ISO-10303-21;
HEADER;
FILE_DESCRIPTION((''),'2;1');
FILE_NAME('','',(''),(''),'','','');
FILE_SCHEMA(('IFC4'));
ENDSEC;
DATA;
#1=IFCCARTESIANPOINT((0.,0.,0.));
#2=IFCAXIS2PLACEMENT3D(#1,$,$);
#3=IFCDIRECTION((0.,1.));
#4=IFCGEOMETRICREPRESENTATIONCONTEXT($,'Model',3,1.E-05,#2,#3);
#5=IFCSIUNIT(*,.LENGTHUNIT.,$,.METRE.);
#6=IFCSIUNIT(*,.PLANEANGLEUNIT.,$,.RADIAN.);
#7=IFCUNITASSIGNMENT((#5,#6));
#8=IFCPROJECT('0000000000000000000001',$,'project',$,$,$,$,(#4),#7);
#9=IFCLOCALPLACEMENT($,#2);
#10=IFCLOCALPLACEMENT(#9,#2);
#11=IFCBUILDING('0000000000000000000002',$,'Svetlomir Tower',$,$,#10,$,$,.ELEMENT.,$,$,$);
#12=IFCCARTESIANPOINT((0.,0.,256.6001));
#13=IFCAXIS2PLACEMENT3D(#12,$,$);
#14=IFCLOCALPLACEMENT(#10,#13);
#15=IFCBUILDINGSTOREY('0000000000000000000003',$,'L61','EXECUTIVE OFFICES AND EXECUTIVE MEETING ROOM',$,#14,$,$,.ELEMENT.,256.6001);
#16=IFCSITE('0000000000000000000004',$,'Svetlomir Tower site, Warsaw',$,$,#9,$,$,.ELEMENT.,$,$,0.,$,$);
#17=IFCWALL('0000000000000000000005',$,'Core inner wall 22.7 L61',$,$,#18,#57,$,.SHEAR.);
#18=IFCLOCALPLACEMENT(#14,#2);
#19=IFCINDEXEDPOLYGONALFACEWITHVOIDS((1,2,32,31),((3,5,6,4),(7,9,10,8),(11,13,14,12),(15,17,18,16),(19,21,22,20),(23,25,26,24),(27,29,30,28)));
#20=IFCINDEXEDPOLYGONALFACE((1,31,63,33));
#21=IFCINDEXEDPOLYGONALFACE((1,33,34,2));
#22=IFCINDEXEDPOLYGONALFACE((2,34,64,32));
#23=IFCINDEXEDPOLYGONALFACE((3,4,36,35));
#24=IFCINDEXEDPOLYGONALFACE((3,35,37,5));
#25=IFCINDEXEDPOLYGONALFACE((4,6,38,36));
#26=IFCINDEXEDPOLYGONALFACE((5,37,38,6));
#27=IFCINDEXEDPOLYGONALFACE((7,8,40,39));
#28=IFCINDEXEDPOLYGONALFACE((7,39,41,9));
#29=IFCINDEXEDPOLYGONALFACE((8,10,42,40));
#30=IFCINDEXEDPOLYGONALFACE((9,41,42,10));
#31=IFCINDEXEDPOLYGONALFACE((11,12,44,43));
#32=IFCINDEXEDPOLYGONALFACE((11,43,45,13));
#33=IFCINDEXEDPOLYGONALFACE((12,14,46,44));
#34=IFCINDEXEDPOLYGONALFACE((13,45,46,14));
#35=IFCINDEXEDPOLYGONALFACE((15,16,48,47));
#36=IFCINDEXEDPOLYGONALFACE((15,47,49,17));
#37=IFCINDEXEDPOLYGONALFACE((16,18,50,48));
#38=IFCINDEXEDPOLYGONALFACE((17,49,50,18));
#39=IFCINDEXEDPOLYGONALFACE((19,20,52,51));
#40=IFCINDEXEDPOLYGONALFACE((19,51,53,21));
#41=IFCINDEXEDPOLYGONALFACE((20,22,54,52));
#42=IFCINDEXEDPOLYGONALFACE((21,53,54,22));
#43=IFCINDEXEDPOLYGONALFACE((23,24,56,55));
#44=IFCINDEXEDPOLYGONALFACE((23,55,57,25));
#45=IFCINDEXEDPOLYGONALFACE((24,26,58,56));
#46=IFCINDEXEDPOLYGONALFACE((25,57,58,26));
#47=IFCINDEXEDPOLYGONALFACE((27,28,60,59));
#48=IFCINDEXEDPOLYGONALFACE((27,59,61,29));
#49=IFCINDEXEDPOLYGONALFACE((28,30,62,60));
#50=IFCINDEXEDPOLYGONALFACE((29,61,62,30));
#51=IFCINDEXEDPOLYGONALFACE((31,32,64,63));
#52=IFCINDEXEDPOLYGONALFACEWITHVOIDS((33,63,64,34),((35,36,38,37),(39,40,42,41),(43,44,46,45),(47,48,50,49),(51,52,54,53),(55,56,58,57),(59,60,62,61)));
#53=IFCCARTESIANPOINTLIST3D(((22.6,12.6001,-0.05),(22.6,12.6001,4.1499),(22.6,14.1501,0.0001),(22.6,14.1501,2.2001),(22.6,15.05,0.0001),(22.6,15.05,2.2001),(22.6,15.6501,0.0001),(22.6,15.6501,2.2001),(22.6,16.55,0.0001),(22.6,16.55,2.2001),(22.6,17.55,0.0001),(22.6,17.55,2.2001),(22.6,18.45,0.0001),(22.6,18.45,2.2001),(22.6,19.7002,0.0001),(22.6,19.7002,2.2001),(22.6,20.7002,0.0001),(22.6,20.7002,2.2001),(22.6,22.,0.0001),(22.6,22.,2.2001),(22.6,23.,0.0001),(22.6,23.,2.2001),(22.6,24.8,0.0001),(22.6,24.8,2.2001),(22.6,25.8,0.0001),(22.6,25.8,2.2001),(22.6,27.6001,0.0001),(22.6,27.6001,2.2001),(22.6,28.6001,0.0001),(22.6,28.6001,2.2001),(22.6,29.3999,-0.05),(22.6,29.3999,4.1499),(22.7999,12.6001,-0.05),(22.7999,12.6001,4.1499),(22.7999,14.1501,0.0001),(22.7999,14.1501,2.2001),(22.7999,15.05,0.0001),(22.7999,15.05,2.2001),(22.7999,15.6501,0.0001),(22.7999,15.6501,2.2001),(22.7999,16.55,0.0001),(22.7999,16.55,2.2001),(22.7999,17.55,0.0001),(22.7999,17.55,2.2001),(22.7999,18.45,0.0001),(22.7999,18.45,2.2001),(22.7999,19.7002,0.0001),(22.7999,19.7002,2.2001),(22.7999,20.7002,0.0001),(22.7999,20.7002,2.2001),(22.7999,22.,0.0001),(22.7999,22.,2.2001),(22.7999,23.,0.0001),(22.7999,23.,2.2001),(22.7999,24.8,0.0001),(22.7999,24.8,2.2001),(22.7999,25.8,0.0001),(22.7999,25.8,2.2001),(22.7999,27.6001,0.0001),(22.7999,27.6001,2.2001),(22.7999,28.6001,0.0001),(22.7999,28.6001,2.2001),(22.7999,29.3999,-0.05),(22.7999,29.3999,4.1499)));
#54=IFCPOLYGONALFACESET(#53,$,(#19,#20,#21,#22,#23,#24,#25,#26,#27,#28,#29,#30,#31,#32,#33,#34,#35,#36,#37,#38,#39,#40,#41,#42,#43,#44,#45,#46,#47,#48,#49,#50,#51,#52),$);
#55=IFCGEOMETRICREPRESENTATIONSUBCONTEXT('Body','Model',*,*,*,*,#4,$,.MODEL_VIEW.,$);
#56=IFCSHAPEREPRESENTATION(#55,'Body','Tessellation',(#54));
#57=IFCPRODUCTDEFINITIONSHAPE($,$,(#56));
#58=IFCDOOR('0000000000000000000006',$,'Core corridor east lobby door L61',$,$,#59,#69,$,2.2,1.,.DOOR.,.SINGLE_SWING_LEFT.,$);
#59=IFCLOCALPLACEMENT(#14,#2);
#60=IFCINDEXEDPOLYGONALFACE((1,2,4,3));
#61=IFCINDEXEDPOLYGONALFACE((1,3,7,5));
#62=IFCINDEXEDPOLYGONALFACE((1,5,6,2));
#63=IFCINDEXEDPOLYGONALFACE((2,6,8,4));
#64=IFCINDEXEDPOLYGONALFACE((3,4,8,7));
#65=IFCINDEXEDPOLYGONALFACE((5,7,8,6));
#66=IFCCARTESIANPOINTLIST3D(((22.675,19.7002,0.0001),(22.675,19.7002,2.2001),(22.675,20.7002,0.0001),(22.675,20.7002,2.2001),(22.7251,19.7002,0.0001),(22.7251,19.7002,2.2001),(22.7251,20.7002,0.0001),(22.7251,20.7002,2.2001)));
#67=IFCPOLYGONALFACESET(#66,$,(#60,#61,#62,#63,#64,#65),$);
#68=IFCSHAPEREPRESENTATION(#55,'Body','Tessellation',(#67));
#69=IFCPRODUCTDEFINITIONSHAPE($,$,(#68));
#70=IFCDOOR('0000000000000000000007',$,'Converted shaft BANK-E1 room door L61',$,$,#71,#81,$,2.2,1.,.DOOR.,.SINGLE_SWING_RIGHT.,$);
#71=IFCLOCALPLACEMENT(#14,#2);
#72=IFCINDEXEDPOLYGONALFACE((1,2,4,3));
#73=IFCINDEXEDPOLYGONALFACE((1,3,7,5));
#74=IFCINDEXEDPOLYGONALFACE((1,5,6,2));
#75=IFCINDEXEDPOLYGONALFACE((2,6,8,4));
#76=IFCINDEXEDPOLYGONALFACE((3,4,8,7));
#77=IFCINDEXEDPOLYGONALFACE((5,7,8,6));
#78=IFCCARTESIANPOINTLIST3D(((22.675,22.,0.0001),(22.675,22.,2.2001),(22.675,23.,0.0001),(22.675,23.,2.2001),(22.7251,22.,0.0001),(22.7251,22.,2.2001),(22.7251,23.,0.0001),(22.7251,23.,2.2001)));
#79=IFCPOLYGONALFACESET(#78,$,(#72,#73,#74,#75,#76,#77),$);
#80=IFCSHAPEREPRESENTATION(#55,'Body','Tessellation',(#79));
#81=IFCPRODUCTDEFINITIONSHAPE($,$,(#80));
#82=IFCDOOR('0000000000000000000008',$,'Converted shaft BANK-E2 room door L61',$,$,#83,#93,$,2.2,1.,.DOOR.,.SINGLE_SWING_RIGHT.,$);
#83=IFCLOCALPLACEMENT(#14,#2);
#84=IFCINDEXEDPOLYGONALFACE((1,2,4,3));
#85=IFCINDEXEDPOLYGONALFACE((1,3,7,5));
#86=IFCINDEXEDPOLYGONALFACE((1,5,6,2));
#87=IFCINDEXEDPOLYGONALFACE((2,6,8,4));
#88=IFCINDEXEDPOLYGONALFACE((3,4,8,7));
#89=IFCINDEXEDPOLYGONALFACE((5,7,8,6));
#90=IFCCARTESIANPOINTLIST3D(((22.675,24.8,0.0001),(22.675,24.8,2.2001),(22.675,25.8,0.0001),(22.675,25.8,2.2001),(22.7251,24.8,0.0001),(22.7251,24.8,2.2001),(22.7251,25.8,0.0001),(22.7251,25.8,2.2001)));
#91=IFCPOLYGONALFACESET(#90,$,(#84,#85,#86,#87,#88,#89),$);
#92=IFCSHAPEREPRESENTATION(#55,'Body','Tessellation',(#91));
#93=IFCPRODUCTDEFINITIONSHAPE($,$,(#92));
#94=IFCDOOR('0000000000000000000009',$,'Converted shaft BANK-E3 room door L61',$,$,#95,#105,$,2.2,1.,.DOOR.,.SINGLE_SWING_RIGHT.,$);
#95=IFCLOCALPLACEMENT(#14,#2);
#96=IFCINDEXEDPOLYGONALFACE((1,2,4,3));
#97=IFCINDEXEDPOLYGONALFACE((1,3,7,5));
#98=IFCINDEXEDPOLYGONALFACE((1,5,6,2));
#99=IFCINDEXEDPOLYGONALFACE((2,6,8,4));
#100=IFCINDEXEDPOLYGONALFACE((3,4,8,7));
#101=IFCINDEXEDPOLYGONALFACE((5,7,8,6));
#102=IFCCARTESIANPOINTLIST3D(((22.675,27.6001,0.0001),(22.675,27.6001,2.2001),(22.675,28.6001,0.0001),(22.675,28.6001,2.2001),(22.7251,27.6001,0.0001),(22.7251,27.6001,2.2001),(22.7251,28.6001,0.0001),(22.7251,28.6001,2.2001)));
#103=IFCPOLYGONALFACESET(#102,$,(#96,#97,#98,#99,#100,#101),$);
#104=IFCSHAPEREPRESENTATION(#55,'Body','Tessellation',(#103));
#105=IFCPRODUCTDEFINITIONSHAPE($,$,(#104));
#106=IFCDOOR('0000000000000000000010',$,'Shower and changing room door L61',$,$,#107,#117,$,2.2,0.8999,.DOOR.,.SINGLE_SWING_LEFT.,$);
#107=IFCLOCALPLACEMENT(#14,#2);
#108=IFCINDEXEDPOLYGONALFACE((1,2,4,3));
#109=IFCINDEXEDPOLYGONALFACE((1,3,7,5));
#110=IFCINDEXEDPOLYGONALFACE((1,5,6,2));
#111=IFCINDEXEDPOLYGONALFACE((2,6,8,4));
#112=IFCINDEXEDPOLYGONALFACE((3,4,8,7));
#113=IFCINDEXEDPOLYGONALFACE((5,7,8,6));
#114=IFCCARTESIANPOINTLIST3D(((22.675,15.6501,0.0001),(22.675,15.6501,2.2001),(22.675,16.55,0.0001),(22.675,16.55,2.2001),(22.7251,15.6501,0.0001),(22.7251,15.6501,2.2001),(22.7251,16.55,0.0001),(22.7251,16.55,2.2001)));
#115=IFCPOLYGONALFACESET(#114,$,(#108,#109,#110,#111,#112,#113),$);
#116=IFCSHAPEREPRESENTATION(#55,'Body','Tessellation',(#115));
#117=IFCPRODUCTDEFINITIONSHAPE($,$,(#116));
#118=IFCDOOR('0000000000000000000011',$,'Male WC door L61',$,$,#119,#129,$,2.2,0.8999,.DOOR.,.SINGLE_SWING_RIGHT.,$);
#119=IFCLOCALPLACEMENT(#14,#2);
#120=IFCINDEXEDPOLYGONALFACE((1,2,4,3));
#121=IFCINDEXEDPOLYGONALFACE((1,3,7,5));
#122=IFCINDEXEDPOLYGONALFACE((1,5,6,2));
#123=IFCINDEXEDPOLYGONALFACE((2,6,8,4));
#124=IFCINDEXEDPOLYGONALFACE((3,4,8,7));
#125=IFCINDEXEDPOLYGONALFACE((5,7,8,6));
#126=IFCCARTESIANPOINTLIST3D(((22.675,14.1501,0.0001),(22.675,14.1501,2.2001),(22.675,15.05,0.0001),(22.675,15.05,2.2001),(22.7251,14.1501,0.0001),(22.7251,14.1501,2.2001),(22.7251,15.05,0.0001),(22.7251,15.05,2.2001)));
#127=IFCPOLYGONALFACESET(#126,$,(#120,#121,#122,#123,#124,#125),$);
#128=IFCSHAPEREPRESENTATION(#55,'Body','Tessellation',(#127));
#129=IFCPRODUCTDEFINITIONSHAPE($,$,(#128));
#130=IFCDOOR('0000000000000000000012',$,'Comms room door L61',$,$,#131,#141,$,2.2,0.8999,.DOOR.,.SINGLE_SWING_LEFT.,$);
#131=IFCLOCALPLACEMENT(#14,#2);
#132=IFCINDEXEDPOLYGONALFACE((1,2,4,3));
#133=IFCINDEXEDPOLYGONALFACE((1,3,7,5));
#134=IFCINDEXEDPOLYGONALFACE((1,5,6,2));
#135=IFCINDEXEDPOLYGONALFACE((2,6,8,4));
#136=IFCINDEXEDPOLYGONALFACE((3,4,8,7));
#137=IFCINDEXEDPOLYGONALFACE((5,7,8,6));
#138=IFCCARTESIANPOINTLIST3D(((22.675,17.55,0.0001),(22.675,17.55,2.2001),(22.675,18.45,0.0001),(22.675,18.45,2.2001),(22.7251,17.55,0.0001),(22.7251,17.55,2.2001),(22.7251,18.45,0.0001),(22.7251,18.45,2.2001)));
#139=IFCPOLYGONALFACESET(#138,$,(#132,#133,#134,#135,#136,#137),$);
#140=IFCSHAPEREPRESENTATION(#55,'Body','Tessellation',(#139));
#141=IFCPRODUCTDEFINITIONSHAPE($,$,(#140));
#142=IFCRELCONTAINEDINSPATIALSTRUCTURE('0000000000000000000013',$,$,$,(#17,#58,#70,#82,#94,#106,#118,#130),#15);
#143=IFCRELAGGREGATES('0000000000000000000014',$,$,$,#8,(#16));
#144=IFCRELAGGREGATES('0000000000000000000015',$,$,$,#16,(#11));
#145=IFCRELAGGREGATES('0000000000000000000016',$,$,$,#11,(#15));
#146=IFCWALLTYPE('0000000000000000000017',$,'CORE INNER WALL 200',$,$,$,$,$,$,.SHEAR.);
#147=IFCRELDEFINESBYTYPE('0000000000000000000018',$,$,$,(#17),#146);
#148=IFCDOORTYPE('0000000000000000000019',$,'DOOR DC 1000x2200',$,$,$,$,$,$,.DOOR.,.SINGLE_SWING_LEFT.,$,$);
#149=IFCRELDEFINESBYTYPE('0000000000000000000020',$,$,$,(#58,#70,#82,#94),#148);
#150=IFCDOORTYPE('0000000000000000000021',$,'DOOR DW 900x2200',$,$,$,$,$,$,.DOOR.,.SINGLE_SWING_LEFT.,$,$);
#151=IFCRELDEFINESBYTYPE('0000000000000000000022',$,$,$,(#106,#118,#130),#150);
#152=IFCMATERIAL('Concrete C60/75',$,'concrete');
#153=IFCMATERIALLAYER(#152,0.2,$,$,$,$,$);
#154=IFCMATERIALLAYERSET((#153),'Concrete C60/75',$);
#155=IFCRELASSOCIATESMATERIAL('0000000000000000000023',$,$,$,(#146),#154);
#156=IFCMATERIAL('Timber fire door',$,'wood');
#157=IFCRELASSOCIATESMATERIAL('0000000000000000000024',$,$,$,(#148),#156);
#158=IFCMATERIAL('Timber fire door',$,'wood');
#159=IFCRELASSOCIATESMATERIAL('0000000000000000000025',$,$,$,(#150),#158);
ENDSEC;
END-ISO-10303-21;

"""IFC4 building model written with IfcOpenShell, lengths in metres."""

from ifc_helpers import new_model, si_unit, direction, frame, frame_2d, origin, place, context, subcontext, project, spatial, rectangle, extrude, material, layer, layer_set, type_object, element, fill, save


model = new_model("IFC4")

# Units and contexts
model_context = context("Model", 3, precision=1e-05, world=origin(), true_north=direction((0.0, 1.0)))
body_context = subcontext(model_context, "Body", "Model", "MODEL_VIEW")
ifc_project = project(units=[si_unit("LENGTHUNIT", "METRE"), si_unit("PLANEANGLEUNIT", "RADIAN")], contexts=[model_context])

# Site, building, storey
site_placement = place(None, origin())
site = spatial("IfcSite", under=ifc_project, at=site_placement, Name="Svetlomir Tower site, Warsaw", CompositionType="ELEMENT", RefElevation=0.0)
building_placement = place(site_placement, origin())
building = spatial("IfcBuilding", under=site, at=building_placement, Name="Svetlomir Tower", CompositionType="ELEMENT")
storey_placement = place(building_placement, frame((0.0, 0.0, 256.6001)))
storey = spatial("IfcBuildingStorey", under=building, at=storey_placement, Name="L61", Description="EXECUTIVE OFFICES AND EXECUTIVE MEETING ROOM", CompositionType="ELEMENT", Elevation=256.6001)

# Wall, openings, doors
ifc_material_1 = material(Name="Concrete C60/75", Category="concrete")
ifc_layer_1 = layer(ifc_material_1, 0.2)
ifc_layer_set_1 = layer_set([ifc_layer_1], Name="Concrete C60/75")
wall_type_1 = type_object("IfcWallType", Name="CORE INNER WALL 200", PredefinedType="SHEAR", material=ifc_layer_set_1)
wall_1_placement = place(storey_placement, frame((22.7, 12.6001, -0.05), z_axis=(0.0, 0.0, 1.0), x_axis=(0.0, 1.0, 0.0)))
wall_1 = element("IfcWall", 1, at=wall_1_placement, inside=storey, type_object=wall_type_1, Name="Core inner wall 22.7 L61", PredefinedType="SHEAR", context=body_context, shape_type="SweptSolid", body=[
    extrude(rectangle(XDim=16.7998, YDim=0.2, at=frame_2d((8.3999, 0.0))), origin(), (0.0, 0.0, 1.0), 4.2),
])
opening_1_placement = place(wall_1_placement, frame((3.05, 0.0, 0.05)))
opening_1 = element("IfcOpeningElement", 2, at=opening_1_placement, cuts=wall_1, PredefinedType="OPENING", context=body_context, shape_type="SweptSolid", body=[
    extrude(rectangle(XDim=0.8999, YDim=2.2, at=frame_2d((0.45, 1.1001))), frame((0.0, 0.1099, 0.0), z_axis=(0.0, -1.0, 0.0), x_axis=(1.0, 0.0, 0.0)), (0.0, 0.0, 1.0), 0.22),
])
opening_2_placement = place(wall_1_placement, frame((7.1001, 0.0, 0.05)))
opening_2 = element("IfcOpeningElement", 3, at=opening_2_placement, cuts=wall_1, PredefinedType="OPENING", context=body_context, shape_type="SweptSolid", body=[
    extrude(rectangle(XDim=1.0, YDim=2.2, at=frame_2d((0.5, 1.1001))), frame((0.0, 0.1099, 0.0), z_axis=(0.0, -1.0, 0.0), x_axis=(1.0, 0.0, 0.0)), (0.0, 0.0, 1.0), 0.22),
])
opening_3_placement = place(wall_1_placement, frame((1.55, 0.0, 0.05)))
opening_3 = element("IfcOpeningElement", 4, at=opening_3_placement, cuts=wall_1, PredefinedType="OPENING", context=body_context, shape_type="SweptSolid", body=[
    extrude(rectangle(XDim=0.8999, YDim=2.2, at=frame_2d((0.45, 1.1001))), frame((0.0, 0.1099, 0.0), z_axis=(0.0, -1.0, 0.0), x_axis=(1.0, 0.0, 0.0)), (0.0, 0.0, 1.0), 0.22),
])
opening_4_placement = place(wall_1_placement, frame((4.95, 0.0, 0.05)))
opening_4 = element("IfcOpeningElement", 5, at=opening_4_placement, cuts=wall_1, PredefinedType="OPENING", context=body_context, shape_type="SweptSolid", body=[
    extrude(rectangle(XDim=0.8999, YDim=2.2, at=frame_2d((0.45, 1.1001))), frame((0.0, 0.1099, 0.0), z_axis=(0.0, -1.0, 0.0), x_axis=(1.0, 0.0, 0.0)), (0.0, 0.0, 1.0), 0.22),
])
opening_5_placement = place(wall_1_placement, frame((9.3999, 0.0, 0.05)))
opening_5 = element("IfcOpeningElement", 6, at=opening_5_placement, cuts=wall_1, PredefinedType="OPENING", context=body_context, shape_type="SweptSolid", body=[
    extrude(rectangle(XDim=1.0, YDim=2.2, at=frame_2d((0.5, 1.1001))), frame((0.0, 0.1099, 0.0), z_axis=(0.0, -1.0, 0.0), x_axis=(1.0, 0.0, 0.0)), (0.0, 0.0, 1.0), 0.22),
])
opening_6_placement = place(wall_1_placement, frame((12.2, 0.0, 0.05)))
opening_6 = element("IfcOpeningElement", 7, at=opening_6_placement, cuts=wall_1, PredefinedType="OPENING", context=body_context, shape_type="SweptSolid", body=[
    extrude(rectangle(XDim=1.0, YDim=2.2, at=frame_2d((0.5, 1.1001))), frame((0.0, 0.1099, 0.0), z_axis=(0.0, -1.0, 0.0), x_axis=(1.0, 0.0, 0.0)), (0.0, 0.0, 1.0), 0.22),
])
opening_7_placement = place(wall_1_placement, frame((15.0, 0.0, 0.05)))
opening_7 = element("IfcOpeningElement", 8, at=opening_7_placement, cuts=wall_1, PredefinedType="OPENING", context=body_context, shape_type="SweptSolid", body=[
    extrude(rectangle(XDim=1.0, YDim=2.2, at=frame_2d((0.5, 1.1001))), frame((0.0, 0.1099, 0.0), z_axis=(0.0, -1.0, 0.0), x_axis=(1.0, 0.0, 0.0)), (0.0, 0.0, 1.0), 0.22),
])
ifc_material_2 = material(Name="Timber fire door", Category="wood")
door_type_1 = type_object("IfcDoorType", Name="DOOR DC 1000x2200", OperationType="SINGLE_SWING_LEFT", PredefinedType="DOOR", material=ifc_material_2)
door_1_placement = place(opening_2_placement, origin())
door_1 = element("IfcDoor", 9, at=door_1_placement, inside=storey, type_object=door_type_1, Name="Core corridor east lobby door L61", OperationType="SINGLE_SWING_LEFT", OverallHeight=2.2, OverallWidth=1.0, PredefinedType="DOOR", context=body_context, shape_type="SweptSolid", body=[
    extrude(rectangle(XDim=1.0, YDim=2.2, at=frame_2d((0.5, 1.1001))), frame((0.0, 0.0249, 0.0), z_axis=(0.0, -1.0, 0.0), x_axis=(1.0, 0.0, 0.0)), (0.0, 0.0, 1.0), 0.05),
])
fill(opening_2, door_1)
door_2_placement = place(opening_5_placement, origin())
door_2 = element("IfcDoor", 10, at=door_2_placement, inside=storey, type_object=door_type_1, Name="Converted shaft BANK-E1 room door L61", OperationType="SINGLE_SWING_RIGHT", OverallHeight=2.2, OverallWidth=1.0, PredefinedType="DOOR", context=body_context, shape_type="SweptSolid", body=[
    extrude(rectangle(XDim=1.0, YDim=2.2, at=frame_2d((0.5, 1.1001))), frame((0.0, 0.0249, 0.0), z_axis=(0.0, -1.0, 0.0), x_axis=(1.0, 0.0, 0.0)), (0.0, 0.0, 1.0), 0.05),
])
fill(opening_5, door_2)
door_3_placement = place(opening_6_placement, origin())
door_3 = element("IfcDoor", 11, at=door_3_placement, inside=storey, type_object=door_type_1, Name="Converted shaft BANK-E2 room door L61", OperationType="SINGLE_SWING_RIGHT", OverallHeight=2.2, OverallWidth=1.0, PredefinedType="DOOR", context=body_context, shape_type="SweptSolid", body=[
    extrude(rectangle(XDim=1.0, YDim=2.2, at=frame_2d((0.5, 1.1001))), frame((0.0, 0.0249, 0.0), z_axis=(0.0, -1.0, 0.0), x_axis=(1.0, 0.0, 0.0)), (0.0, 0.0, 1.0), 0.05),
])
fill(opening_6, door_3)
door_4_placement = place(opening_7_placement, origin())
door_4 = element("IfcDoor", 12, at=door_4_placement, inside=storey, type_object=door_type_1, Name="Converted shaft BANK-E3 room door L61", OperationType="SINGLE_SWING_RIGHT", OverallHeight=2.2, OverallWidth=1.0, PredefinedType="DOOR", context=body_context, shape_type="SweptSolid", body=[
    extrude(rectangle(XDim=1.0, YDim=2.2, at=frame_2d((0.5, 1.1001))), frame((0.0, 0.0249, 0.0), z_axis=(0.0, -1.0, 0.0), x_axis=(1.0, 0.0, 0.0)), (0.0, 0.0, 1.0), 0.05),
])
fill(opening_7, door_4)
ifc_material_3 = material(Name="Timber fire door", Category="wood")
door_type_2 = type_object("IfcDoorType", Name="DOOR DW 900x2200", OperationType="SINGLE_SWING_LEFT", PredefinedType="DOOR", material=ifc_material_3)
door_5_placement = place(opening_1_placement, origin())
door_5 = element("IfcDoor", 13, at=door_5_placement, inside=storey, type_object=door_type_2, Name="Shower and changing room door L61", OperationType="SINGLE_SWING_LEFT", OverallHeight=2.2, OverallWidth=0.8999, PredefinedType="DOOR", context=body_context, shape_type="SweptSolid", body=[
    extrude(rectangle(XDim=0.8999, YDim=2.2, at=frame_2d((0.45, 1.1001))), frame((0.0, 0.0249, 0.0), z_axis=(0.0, -1.0, 0.0), x_axis=(1.0, 0.0, 0.0)), (0.0, 0.0, 1.0), 0.05),
])
fill(opening_1, door_5)
door_6_placement = place(opening_3_placement, origin())
door_6 = element("IfcDoor", 14, at=door_6_placement, inside=storey, type_object=door_type_2, Name="Male WC door L61", OperationType="SINGLE_SWING_RIGHT", OverallHeight=2.2, OverallWidth=0.8999, PredefinedType="DOOR", context=body_context, shape_type="SweptSolid", body=[
    extrude(rectangle(XDim=0.8999, YDim=2.2, at=frame_2d((0.45, 1.1001))), frame((0.0, 0.0249, 0.0), z_axis=(0.0, -1.0, 0.0), x_axis=(1.0, 0.0, 0.0)), (0.0, 0.0, 1.0), 0.05),
])
fill(opening_3, door_6)
door_7_placement = place(opening_4_placement, origin())
door_7 = element("IfcDoor", 15, at=door_7_placement, inside=storey, type_object=door_type_2, Name="Comms room door L61", OperationType="SINGLE_SWING_LEFT", OverallHeight=2.2, OverallWidth=0.8999, PredefinedType="DOOR", context=body_context, shape_type="SweptSolid", body=[
    extrude(rectangle(XDim=0.8999, YDim=2.2, at=frame_2d((0.45, 1.1001))), frame((0.0, 0.0249, 0.0), z_axis=(0.0, -1.0, 0.0), x_axis=(1.0, 0.0, 0.0)), (0.0, 0.0, 1.0), 0.05),
])
fill(opening_4, door_7)

save(model, "model.ifc")
